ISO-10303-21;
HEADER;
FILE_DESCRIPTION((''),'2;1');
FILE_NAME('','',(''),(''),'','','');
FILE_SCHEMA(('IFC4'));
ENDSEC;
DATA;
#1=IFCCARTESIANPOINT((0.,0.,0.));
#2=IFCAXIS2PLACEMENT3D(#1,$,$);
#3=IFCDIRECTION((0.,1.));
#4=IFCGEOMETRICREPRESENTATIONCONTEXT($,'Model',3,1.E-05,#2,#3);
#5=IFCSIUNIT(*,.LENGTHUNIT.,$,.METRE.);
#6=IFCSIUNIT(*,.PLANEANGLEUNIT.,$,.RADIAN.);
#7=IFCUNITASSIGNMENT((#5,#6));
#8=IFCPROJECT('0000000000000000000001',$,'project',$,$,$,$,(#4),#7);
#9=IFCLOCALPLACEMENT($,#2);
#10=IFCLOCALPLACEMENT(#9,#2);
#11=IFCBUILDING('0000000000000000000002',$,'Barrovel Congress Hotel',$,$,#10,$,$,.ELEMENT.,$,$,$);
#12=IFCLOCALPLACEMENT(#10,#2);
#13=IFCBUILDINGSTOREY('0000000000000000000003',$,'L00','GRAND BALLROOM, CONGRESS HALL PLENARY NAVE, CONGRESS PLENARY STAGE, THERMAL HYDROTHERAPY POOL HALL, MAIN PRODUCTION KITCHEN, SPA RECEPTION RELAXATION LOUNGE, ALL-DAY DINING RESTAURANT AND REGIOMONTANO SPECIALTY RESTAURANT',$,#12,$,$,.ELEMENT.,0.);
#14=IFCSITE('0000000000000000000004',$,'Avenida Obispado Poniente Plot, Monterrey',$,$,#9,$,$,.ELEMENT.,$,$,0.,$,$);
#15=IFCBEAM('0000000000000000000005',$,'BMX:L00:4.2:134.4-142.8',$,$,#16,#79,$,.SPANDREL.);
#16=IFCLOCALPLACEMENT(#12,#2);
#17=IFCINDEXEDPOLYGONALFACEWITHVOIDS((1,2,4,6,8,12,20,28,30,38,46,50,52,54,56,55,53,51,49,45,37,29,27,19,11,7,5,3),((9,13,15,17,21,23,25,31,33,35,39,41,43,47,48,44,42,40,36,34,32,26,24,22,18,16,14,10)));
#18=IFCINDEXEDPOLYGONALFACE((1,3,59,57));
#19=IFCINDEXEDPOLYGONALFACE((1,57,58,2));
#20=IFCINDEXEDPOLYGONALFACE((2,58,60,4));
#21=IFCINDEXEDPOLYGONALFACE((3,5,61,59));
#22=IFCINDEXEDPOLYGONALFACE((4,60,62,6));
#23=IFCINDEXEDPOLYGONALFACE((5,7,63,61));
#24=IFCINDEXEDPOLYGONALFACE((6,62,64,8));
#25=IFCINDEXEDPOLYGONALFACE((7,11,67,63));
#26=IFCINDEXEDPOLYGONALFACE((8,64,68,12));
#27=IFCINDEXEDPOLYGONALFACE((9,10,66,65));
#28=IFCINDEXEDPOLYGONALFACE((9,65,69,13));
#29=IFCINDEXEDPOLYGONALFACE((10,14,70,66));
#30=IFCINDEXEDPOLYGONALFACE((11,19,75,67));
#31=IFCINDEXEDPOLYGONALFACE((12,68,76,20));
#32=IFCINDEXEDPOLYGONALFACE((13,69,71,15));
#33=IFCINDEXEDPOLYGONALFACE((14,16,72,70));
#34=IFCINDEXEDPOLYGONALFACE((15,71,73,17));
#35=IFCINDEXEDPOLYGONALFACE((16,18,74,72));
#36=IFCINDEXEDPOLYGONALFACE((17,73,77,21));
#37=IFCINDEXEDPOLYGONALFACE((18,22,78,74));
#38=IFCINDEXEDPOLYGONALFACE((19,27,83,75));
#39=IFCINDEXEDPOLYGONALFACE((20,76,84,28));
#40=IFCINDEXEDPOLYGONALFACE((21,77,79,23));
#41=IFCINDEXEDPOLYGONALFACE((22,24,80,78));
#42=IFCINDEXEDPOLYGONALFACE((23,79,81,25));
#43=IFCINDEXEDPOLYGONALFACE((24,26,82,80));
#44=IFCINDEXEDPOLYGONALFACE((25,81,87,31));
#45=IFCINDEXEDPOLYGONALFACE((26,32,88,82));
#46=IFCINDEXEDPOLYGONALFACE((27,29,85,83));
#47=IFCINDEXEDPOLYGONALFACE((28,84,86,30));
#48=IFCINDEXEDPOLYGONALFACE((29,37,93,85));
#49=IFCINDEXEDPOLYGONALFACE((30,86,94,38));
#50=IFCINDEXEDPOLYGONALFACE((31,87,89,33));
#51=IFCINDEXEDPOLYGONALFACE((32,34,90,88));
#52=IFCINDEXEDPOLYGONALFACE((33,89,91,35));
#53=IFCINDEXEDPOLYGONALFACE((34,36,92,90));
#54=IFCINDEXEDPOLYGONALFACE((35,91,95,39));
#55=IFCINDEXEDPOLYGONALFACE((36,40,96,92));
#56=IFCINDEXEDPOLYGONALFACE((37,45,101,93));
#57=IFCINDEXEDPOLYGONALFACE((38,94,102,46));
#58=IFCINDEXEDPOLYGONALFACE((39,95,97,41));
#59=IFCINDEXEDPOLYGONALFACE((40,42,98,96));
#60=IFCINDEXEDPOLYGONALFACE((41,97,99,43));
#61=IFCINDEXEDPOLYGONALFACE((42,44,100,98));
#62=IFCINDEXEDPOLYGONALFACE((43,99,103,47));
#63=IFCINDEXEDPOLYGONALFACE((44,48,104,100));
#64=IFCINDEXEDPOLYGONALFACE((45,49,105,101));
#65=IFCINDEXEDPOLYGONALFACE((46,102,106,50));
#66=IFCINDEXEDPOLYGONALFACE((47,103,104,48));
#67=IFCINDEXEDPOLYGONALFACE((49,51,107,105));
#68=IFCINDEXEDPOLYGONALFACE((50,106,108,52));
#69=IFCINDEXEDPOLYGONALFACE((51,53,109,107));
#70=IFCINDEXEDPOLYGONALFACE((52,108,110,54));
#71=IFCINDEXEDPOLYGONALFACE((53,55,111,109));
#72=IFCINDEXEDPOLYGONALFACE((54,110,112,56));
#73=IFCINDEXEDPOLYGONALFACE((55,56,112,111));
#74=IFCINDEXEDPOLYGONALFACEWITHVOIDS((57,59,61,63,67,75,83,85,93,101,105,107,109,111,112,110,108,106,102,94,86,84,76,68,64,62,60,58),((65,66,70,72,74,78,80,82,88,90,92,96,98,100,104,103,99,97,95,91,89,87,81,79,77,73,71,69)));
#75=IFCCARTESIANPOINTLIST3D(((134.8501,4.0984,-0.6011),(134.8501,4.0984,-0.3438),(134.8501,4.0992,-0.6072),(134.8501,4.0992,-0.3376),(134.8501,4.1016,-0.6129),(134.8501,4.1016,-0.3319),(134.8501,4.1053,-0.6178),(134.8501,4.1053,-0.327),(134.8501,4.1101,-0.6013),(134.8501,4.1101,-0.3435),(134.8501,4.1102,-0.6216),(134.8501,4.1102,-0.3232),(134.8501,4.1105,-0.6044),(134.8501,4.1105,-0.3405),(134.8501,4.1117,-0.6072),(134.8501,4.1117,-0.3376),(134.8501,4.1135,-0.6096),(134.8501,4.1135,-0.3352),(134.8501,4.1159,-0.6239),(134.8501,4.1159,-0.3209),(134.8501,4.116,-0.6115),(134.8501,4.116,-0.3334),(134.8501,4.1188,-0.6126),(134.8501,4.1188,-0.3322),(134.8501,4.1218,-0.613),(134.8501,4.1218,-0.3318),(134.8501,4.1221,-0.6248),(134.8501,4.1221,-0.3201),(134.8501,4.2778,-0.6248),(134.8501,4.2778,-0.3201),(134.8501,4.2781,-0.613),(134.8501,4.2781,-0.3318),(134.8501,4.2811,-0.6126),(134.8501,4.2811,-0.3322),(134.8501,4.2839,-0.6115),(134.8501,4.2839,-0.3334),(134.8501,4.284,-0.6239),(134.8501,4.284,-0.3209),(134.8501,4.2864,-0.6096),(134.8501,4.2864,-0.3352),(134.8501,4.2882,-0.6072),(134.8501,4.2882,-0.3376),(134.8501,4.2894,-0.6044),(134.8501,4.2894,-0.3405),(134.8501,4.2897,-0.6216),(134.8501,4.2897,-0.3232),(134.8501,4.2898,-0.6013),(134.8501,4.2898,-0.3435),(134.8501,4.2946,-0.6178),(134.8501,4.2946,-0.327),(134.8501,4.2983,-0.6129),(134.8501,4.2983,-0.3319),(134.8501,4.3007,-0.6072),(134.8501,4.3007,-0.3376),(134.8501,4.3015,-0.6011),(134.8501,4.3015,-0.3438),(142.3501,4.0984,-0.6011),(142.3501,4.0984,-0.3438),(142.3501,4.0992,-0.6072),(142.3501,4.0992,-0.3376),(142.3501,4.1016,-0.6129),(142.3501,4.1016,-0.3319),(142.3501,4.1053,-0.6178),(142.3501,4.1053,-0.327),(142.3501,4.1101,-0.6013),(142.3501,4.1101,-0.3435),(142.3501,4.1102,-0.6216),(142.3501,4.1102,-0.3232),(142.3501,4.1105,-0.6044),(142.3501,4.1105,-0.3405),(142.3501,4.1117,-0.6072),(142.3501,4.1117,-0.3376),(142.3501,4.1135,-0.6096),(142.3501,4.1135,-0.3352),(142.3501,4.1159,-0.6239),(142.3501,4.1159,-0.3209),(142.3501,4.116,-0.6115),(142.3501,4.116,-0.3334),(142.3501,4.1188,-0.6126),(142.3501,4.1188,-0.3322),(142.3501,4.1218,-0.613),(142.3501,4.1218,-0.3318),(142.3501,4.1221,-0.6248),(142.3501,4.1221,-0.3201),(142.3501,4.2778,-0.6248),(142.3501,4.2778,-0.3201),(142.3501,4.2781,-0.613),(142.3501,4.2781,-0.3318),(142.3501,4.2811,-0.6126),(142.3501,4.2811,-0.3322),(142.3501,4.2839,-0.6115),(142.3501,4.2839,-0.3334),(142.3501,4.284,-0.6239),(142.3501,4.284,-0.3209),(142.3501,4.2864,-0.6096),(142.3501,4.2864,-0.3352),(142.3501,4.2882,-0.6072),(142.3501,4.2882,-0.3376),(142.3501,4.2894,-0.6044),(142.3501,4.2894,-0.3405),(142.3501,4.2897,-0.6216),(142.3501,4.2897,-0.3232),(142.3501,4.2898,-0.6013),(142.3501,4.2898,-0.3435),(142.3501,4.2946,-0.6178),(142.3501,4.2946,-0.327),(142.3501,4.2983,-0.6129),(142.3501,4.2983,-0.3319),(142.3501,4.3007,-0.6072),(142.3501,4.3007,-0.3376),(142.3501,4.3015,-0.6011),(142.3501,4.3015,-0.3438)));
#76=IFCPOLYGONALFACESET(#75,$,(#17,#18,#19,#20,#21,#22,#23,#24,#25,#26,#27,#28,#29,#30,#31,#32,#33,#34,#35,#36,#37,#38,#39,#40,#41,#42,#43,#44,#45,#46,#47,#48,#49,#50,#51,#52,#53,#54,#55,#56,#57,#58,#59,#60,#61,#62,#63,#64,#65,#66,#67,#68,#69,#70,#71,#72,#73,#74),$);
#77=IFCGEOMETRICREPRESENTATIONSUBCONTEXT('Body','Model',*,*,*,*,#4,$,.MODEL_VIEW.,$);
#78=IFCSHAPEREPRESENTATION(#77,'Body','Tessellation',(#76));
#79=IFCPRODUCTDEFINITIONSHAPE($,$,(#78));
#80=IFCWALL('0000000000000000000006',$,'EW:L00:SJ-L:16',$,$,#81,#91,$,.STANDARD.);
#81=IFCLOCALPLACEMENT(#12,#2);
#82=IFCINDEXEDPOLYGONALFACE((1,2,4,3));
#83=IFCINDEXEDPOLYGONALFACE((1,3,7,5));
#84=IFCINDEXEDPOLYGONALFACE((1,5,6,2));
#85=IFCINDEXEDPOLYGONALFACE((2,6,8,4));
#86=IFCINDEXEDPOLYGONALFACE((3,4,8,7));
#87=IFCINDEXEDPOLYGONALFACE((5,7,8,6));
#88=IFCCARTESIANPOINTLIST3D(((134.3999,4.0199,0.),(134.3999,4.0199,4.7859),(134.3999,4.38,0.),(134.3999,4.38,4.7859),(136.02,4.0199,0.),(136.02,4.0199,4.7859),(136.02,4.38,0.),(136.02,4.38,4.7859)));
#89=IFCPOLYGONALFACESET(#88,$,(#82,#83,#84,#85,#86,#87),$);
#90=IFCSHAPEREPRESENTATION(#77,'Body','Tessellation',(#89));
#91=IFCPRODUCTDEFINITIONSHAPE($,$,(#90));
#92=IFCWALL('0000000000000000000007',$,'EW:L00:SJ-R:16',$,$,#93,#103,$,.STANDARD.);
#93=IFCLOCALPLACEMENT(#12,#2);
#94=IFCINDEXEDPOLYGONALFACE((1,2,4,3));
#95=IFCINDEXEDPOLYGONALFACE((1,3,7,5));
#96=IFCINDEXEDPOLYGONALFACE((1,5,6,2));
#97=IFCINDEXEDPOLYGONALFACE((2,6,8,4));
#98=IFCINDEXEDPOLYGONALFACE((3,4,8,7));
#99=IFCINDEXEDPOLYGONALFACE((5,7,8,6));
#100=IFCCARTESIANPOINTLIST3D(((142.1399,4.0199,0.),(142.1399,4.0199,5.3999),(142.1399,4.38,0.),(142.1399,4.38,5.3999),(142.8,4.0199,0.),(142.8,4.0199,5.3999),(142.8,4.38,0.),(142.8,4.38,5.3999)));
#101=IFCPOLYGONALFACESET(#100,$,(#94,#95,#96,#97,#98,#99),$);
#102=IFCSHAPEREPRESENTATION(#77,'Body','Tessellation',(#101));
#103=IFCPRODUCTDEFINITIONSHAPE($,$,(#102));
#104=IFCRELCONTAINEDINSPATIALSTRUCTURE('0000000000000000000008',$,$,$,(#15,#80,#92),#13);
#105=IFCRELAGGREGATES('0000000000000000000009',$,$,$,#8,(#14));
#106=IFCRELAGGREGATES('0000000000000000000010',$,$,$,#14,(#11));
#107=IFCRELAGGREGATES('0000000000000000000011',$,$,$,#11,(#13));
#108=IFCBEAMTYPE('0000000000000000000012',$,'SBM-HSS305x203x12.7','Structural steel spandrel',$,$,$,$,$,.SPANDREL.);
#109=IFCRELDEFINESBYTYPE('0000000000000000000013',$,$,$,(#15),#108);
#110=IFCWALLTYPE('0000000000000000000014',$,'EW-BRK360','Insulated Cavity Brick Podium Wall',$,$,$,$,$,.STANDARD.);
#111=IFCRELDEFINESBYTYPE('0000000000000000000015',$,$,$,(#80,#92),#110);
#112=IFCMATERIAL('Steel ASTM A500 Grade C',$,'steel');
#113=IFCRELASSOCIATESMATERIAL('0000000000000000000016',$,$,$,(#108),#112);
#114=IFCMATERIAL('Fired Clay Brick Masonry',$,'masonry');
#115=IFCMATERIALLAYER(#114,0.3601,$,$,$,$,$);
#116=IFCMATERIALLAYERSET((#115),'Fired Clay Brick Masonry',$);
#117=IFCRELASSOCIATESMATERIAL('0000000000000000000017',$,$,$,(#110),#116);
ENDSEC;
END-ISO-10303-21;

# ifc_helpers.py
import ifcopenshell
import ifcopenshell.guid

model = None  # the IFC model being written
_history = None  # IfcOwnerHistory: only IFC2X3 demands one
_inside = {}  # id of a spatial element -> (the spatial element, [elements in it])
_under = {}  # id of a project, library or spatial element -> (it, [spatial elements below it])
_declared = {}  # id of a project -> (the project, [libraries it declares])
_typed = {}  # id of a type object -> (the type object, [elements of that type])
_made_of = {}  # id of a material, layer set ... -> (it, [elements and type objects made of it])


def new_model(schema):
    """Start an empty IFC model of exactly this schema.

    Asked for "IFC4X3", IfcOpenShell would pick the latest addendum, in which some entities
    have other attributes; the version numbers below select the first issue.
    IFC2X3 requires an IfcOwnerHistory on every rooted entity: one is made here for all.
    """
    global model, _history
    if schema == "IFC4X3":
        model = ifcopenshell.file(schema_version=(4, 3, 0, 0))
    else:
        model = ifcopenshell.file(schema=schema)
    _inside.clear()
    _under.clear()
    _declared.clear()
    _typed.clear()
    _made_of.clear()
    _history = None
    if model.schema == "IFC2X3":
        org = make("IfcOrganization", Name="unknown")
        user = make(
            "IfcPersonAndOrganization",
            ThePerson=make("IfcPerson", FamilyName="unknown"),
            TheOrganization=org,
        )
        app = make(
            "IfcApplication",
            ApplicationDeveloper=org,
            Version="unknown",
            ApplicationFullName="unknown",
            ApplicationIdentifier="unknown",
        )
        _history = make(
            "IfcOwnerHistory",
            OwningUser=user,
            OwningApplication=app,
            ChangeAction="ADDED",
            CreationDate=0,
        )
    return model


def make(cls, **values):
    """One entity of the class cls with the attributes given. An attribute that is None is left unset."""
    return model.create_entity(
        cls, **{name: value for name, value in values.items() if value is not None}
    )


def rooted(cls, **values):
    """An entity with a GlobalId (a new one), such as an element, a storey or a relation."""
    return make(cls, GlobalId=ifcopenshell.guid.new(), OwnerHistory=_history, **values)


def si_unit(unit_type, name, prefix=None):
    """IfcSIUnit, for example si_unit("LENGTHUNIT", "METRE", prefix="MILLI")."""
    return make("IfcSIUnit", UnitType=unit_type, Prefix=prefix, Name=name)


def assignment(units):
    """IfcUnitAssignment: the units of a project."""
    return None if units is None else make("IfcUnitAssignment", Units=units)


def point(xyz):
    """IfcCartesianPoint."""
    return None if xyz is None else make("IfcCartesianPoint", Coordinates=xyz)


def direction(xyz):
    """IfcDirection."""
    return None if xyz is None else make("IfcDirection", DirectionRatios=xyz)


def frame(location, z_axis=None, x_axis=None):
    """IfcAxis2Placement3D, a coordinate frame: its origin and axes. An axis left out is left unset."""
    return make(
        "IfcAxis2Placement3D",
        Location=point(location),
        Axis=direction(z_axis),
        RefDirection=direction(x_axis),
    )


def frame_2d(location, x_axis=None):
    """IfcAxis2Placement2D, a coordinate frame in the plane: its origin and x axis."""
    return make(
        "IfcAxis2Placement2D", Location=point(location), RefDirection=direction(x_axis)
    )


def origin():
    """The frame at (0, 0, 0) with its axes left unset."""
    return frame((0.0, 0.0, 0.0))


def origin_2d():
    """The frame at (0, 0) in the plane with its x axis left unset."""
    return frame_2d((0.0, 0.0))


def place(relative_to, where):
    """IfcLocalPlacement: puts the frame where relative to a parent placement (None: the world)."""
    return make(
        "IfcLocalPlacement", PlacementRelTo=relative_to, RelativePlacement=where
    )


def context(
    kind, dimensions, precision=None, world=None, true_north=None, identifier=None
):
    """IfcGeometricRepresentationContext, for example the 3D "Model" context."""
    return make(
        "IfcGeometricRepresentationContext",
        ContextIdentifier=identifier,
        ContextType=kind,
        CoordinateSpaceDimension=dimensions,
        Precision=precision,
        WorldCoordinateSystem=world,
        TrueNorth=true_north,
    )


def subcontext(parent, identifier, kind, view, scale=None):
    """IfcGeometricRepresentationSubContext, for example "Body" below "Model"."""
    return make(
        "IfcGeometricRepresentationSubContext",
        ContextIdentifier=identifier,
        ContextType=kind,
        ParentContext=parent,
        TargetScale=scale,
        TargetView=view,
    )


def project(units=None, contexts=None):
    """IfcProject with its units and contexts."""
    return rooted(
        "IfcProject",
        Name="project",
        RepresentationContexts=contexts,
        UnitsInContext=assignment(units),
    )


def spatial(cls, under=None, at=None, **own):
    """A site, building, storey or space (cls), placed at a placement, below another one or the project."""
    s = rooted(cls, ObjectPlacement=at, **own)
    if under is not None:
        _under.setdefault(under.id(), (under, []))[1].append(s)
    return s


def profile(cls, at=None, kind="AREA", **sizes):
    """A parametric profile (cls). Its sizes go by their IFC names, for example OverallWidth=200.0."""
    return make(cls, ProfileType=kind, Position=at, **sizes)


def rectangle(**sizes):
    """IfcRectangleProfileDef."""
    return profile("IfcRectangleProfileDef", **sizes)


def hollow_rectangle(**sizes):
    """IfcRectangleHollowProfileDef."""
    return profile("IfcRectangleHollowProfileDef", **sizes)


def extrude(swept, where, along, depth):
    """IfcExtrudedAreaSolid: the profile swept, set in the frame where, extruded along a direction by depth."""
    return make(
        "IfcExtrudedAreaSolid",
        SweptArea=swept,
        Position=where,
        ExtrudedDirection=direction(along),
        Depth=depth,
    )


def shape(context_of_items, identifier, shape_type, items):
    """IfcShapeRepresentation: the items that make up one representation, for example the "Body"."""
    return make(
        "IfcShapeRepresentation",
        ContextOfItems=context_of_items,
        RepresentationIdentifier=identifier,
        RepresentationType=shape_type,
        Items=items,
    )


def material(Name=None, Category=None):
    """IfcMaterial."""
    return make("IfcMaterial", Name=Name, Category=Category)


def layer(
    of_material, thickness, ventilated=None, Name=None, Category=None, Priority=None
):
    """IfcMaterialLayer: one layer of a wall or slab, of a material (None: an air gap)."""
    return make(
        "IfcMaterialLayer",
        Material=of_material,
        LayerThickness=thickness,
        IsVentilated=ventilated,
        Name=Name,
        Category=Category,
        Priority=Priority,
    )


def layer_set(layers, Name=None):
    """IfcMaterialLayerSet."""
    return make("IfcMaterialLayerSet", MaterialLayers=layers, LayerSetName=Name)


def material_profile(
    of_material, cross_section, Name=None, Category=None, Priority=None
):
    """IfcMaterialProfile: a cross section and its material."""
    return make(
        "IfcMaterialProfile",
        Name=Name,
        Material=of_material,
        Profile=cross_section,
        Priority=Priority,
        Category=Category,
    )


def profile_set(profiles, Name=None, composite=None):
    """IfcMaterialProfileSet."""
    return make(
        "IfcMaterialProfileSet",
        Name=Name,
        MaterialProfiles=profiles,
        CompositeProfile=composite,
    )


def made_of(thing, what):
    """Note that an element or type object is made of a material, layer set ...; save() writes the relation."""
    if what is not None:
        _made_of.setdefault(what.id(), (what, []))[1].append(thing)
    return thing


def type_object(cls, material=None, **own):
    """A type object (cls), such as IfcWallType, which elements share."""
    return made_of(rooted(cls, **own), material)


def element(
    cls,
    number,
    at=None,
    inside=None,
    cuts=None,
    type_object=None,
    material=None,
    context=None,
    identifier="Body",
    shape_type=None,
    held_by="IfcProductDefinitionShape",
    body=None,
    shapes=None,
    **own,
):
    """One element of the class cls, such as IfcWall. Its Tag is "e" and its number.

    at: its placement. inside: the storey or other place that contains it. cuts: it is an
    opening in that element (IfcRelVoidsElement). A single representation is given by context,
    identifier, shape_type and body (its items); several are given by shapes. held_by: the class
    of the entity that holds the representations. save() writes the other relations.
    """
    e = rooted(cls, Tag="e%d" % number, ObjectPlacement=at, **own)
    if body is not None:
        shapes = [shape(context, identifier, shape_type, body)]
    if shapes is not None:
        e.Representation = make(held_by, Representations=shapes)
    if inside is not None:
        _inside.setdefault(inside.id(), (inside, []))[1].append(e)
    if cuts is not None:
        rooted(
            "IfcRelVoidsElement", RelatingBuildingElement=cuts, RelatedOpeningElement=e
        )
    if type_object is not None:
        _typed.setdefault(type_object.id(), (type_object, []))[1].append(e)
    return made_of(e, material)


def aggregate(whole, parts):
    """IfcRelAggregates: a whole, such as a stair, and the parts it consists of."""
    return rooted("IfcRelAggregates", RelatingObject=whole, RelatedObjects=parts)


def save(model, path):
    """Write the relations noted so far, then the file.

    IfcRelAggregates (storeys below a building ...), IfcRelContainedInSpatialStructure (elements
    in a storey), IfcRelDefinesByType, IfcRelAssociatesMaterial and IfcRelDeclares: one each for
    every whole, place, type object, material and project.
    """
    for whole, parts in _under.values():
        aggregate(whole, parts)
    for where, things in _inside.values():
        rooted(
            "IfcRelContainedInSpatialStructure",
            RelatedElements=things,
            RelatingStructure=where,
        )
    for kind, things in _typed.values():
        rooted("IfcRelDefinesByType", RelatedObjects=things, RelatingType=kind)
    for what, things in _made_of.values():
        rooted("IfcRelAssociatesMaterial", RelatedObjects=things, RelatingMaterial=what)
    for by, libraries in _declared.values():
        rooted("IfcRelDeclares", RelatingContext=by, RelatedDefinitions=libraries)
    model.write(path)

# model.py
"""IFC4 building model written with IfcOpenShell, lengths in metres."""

from ifc_helpers import new_model, si_unit, direction, frame, frame_2d, origin, origin_2d, place, context, subcontext, project, spatial, rectangle, hollow_rectangle, extrude, material, layer, layer_set, material_profile, profile_set, type_object, element, save


model = new_model("IFC4")

# Units and contexts
model_context = context("Model", 3, precision=1e-05, world=origin(), true_north=direction((0.0, 1.0)))
body_context = subcontext(model_context, "Body", "Model", "MODEL_VIEW")
ifc_project = project(units=[si_unit("LENGTHUNIT", "METRE"), si_unit("PLANEANGLEUNIT", "RADIAN")], contexts=[model_context])

# Site, building, storey
site_placement = place(None, origin())
site = spatial("IfcSite", under=ifc_project, at=site_placement, Name="Avenida Obispado Poniente Plot, Monterrey", CompositionType="ELEMENT", RefElevation=0.0)
building_placement = place(site_placement, origin())
building = spatial("IfcBuilding", under=site, at=building_placement, Name="Barrovel Congress Hotel", CompositionType="ELEMENT")
storey_placement = place(building_placement, origin())
storey = spatial("IfcBuildingStorey", under=building, at=storey_placement, Name="L00", Description="GRAND BALLROOM, CONGRESS HALL PLENARY NAVE, CONGRESS PLENARY STAGE, THERMAL HYDROTHERAPY POOL HALL, MAIN PRODUCTION KITCHEN, SPA RECEPTION RELAXATION LOUNGE, ALL-DAY DINING RESTAURANT AND REGIOMONTANO SPECIALTY RESTAURANT", CompositionType="ELEMENT", Elevation=0.0)

# Beam
ifc_material_1 = material(Name="Steel ASTM A500 Grade C", Category="steel")
ifc_material_profile_1 = material_profile(ifc_material_1, hollow_rectangle(XDim=0.2031, YDim=0.3047, WallThickness=0.0117, InnerFilletRadius=0.0117, OuterFilletRadius=0.0237, at=origin_2d()), Name="HSS305x203x12.7")
ifc_profile_set_1 = profile_set([ifc_material_profile_1], Name="Steel ASTM A500 Grade C")
beam_type_1 = type_object("IfcBeamType", Name="SBM-HSS305x203x12.7", Description="Structural steel spandrel", PredefinedType="SPANDREL", material=ifc_profile_set_1)
beam_1_placement = place(storey_placement, frame((134.8501, 4.2, -0.4724), z_axis=(1.0, 0.0, 0.0), x_axis=(0.0, 1.0, 0.0)))
element("IfcBeam", 1, at=beam_1_placement, inside=storey, type_object=beam_type_1, Name="BMX:L00:4.2:134.4-142.8", PredefinedType="SPANDREL", context=body_context, shape_type="SweptSolid", body=[
    extrude(hollow_rectangle(XDim=0.2031, YDim=0.3047, WallThickness=0.0117, InnerFilletRadius=0.0117, OuterFilletRadius=0.0237, at=origin_2d()), origin(), (0.0, 0.0, 1.0), 7.5),
])

# Walls
ifc_material_2 = material(Name="Fired Clay Brick Masonry", Category="masonry")
ifc_layer = layer(ifc_material_2, 0.3601)
ifc_layer_set = layer_set([ifc_layer], Name="Fired Clay Brick Masonry")
wall_type = type_object("IfcWallType", Name="EW-BRK360", Description="Insulated Cavity Brick Podium Wall", PredefinedType="STANDARD", material=ifc_layer_set)
wall_1_placement = place(storey_placement, frame((134.3999, 4.2, 0.0), z_axis=(0.0, 0.0, 1.0), x_axis=(1.0, 0.0, 0.0)))
element("IfcWall", 2, at=wall_1_placement, inside=storey, type_object=wall_type, Name="EW:L00:SJ-L:16", PredefinedType="STANDARD", context=body_context, shape_type="SweptSolid", body=[
    extrude(rectangle(XDim=1.6201, YDim=0.3601, at=frame_2d((0.8101, 0.0))), origin(), (0.0, 0.0, 1.0), 4.7859),
])
wall_2_placement = place(storey_placement, frame((142.1399, 4.2, 0.0), z_axis=(0.0, 0.0, 1.0), x_axis=(1.0, 0.0, 0.0)))
element("IfcWall", 3, at=wall_2_placement, inside=storey, type_object=wall_type, Name="EW:L00:SJ-R:16", PredefinedType="STANDARD", context=body_context, shape_type="SweptSolid", body=[
    extrude(rectangle(XDim=0.6602, YDim=0.3601, at=frame_2d((0.3301, 0.0))), origin(), (0.0, 0.0, 1.0), 5.3999),
])

save(model, "model.ifc")
